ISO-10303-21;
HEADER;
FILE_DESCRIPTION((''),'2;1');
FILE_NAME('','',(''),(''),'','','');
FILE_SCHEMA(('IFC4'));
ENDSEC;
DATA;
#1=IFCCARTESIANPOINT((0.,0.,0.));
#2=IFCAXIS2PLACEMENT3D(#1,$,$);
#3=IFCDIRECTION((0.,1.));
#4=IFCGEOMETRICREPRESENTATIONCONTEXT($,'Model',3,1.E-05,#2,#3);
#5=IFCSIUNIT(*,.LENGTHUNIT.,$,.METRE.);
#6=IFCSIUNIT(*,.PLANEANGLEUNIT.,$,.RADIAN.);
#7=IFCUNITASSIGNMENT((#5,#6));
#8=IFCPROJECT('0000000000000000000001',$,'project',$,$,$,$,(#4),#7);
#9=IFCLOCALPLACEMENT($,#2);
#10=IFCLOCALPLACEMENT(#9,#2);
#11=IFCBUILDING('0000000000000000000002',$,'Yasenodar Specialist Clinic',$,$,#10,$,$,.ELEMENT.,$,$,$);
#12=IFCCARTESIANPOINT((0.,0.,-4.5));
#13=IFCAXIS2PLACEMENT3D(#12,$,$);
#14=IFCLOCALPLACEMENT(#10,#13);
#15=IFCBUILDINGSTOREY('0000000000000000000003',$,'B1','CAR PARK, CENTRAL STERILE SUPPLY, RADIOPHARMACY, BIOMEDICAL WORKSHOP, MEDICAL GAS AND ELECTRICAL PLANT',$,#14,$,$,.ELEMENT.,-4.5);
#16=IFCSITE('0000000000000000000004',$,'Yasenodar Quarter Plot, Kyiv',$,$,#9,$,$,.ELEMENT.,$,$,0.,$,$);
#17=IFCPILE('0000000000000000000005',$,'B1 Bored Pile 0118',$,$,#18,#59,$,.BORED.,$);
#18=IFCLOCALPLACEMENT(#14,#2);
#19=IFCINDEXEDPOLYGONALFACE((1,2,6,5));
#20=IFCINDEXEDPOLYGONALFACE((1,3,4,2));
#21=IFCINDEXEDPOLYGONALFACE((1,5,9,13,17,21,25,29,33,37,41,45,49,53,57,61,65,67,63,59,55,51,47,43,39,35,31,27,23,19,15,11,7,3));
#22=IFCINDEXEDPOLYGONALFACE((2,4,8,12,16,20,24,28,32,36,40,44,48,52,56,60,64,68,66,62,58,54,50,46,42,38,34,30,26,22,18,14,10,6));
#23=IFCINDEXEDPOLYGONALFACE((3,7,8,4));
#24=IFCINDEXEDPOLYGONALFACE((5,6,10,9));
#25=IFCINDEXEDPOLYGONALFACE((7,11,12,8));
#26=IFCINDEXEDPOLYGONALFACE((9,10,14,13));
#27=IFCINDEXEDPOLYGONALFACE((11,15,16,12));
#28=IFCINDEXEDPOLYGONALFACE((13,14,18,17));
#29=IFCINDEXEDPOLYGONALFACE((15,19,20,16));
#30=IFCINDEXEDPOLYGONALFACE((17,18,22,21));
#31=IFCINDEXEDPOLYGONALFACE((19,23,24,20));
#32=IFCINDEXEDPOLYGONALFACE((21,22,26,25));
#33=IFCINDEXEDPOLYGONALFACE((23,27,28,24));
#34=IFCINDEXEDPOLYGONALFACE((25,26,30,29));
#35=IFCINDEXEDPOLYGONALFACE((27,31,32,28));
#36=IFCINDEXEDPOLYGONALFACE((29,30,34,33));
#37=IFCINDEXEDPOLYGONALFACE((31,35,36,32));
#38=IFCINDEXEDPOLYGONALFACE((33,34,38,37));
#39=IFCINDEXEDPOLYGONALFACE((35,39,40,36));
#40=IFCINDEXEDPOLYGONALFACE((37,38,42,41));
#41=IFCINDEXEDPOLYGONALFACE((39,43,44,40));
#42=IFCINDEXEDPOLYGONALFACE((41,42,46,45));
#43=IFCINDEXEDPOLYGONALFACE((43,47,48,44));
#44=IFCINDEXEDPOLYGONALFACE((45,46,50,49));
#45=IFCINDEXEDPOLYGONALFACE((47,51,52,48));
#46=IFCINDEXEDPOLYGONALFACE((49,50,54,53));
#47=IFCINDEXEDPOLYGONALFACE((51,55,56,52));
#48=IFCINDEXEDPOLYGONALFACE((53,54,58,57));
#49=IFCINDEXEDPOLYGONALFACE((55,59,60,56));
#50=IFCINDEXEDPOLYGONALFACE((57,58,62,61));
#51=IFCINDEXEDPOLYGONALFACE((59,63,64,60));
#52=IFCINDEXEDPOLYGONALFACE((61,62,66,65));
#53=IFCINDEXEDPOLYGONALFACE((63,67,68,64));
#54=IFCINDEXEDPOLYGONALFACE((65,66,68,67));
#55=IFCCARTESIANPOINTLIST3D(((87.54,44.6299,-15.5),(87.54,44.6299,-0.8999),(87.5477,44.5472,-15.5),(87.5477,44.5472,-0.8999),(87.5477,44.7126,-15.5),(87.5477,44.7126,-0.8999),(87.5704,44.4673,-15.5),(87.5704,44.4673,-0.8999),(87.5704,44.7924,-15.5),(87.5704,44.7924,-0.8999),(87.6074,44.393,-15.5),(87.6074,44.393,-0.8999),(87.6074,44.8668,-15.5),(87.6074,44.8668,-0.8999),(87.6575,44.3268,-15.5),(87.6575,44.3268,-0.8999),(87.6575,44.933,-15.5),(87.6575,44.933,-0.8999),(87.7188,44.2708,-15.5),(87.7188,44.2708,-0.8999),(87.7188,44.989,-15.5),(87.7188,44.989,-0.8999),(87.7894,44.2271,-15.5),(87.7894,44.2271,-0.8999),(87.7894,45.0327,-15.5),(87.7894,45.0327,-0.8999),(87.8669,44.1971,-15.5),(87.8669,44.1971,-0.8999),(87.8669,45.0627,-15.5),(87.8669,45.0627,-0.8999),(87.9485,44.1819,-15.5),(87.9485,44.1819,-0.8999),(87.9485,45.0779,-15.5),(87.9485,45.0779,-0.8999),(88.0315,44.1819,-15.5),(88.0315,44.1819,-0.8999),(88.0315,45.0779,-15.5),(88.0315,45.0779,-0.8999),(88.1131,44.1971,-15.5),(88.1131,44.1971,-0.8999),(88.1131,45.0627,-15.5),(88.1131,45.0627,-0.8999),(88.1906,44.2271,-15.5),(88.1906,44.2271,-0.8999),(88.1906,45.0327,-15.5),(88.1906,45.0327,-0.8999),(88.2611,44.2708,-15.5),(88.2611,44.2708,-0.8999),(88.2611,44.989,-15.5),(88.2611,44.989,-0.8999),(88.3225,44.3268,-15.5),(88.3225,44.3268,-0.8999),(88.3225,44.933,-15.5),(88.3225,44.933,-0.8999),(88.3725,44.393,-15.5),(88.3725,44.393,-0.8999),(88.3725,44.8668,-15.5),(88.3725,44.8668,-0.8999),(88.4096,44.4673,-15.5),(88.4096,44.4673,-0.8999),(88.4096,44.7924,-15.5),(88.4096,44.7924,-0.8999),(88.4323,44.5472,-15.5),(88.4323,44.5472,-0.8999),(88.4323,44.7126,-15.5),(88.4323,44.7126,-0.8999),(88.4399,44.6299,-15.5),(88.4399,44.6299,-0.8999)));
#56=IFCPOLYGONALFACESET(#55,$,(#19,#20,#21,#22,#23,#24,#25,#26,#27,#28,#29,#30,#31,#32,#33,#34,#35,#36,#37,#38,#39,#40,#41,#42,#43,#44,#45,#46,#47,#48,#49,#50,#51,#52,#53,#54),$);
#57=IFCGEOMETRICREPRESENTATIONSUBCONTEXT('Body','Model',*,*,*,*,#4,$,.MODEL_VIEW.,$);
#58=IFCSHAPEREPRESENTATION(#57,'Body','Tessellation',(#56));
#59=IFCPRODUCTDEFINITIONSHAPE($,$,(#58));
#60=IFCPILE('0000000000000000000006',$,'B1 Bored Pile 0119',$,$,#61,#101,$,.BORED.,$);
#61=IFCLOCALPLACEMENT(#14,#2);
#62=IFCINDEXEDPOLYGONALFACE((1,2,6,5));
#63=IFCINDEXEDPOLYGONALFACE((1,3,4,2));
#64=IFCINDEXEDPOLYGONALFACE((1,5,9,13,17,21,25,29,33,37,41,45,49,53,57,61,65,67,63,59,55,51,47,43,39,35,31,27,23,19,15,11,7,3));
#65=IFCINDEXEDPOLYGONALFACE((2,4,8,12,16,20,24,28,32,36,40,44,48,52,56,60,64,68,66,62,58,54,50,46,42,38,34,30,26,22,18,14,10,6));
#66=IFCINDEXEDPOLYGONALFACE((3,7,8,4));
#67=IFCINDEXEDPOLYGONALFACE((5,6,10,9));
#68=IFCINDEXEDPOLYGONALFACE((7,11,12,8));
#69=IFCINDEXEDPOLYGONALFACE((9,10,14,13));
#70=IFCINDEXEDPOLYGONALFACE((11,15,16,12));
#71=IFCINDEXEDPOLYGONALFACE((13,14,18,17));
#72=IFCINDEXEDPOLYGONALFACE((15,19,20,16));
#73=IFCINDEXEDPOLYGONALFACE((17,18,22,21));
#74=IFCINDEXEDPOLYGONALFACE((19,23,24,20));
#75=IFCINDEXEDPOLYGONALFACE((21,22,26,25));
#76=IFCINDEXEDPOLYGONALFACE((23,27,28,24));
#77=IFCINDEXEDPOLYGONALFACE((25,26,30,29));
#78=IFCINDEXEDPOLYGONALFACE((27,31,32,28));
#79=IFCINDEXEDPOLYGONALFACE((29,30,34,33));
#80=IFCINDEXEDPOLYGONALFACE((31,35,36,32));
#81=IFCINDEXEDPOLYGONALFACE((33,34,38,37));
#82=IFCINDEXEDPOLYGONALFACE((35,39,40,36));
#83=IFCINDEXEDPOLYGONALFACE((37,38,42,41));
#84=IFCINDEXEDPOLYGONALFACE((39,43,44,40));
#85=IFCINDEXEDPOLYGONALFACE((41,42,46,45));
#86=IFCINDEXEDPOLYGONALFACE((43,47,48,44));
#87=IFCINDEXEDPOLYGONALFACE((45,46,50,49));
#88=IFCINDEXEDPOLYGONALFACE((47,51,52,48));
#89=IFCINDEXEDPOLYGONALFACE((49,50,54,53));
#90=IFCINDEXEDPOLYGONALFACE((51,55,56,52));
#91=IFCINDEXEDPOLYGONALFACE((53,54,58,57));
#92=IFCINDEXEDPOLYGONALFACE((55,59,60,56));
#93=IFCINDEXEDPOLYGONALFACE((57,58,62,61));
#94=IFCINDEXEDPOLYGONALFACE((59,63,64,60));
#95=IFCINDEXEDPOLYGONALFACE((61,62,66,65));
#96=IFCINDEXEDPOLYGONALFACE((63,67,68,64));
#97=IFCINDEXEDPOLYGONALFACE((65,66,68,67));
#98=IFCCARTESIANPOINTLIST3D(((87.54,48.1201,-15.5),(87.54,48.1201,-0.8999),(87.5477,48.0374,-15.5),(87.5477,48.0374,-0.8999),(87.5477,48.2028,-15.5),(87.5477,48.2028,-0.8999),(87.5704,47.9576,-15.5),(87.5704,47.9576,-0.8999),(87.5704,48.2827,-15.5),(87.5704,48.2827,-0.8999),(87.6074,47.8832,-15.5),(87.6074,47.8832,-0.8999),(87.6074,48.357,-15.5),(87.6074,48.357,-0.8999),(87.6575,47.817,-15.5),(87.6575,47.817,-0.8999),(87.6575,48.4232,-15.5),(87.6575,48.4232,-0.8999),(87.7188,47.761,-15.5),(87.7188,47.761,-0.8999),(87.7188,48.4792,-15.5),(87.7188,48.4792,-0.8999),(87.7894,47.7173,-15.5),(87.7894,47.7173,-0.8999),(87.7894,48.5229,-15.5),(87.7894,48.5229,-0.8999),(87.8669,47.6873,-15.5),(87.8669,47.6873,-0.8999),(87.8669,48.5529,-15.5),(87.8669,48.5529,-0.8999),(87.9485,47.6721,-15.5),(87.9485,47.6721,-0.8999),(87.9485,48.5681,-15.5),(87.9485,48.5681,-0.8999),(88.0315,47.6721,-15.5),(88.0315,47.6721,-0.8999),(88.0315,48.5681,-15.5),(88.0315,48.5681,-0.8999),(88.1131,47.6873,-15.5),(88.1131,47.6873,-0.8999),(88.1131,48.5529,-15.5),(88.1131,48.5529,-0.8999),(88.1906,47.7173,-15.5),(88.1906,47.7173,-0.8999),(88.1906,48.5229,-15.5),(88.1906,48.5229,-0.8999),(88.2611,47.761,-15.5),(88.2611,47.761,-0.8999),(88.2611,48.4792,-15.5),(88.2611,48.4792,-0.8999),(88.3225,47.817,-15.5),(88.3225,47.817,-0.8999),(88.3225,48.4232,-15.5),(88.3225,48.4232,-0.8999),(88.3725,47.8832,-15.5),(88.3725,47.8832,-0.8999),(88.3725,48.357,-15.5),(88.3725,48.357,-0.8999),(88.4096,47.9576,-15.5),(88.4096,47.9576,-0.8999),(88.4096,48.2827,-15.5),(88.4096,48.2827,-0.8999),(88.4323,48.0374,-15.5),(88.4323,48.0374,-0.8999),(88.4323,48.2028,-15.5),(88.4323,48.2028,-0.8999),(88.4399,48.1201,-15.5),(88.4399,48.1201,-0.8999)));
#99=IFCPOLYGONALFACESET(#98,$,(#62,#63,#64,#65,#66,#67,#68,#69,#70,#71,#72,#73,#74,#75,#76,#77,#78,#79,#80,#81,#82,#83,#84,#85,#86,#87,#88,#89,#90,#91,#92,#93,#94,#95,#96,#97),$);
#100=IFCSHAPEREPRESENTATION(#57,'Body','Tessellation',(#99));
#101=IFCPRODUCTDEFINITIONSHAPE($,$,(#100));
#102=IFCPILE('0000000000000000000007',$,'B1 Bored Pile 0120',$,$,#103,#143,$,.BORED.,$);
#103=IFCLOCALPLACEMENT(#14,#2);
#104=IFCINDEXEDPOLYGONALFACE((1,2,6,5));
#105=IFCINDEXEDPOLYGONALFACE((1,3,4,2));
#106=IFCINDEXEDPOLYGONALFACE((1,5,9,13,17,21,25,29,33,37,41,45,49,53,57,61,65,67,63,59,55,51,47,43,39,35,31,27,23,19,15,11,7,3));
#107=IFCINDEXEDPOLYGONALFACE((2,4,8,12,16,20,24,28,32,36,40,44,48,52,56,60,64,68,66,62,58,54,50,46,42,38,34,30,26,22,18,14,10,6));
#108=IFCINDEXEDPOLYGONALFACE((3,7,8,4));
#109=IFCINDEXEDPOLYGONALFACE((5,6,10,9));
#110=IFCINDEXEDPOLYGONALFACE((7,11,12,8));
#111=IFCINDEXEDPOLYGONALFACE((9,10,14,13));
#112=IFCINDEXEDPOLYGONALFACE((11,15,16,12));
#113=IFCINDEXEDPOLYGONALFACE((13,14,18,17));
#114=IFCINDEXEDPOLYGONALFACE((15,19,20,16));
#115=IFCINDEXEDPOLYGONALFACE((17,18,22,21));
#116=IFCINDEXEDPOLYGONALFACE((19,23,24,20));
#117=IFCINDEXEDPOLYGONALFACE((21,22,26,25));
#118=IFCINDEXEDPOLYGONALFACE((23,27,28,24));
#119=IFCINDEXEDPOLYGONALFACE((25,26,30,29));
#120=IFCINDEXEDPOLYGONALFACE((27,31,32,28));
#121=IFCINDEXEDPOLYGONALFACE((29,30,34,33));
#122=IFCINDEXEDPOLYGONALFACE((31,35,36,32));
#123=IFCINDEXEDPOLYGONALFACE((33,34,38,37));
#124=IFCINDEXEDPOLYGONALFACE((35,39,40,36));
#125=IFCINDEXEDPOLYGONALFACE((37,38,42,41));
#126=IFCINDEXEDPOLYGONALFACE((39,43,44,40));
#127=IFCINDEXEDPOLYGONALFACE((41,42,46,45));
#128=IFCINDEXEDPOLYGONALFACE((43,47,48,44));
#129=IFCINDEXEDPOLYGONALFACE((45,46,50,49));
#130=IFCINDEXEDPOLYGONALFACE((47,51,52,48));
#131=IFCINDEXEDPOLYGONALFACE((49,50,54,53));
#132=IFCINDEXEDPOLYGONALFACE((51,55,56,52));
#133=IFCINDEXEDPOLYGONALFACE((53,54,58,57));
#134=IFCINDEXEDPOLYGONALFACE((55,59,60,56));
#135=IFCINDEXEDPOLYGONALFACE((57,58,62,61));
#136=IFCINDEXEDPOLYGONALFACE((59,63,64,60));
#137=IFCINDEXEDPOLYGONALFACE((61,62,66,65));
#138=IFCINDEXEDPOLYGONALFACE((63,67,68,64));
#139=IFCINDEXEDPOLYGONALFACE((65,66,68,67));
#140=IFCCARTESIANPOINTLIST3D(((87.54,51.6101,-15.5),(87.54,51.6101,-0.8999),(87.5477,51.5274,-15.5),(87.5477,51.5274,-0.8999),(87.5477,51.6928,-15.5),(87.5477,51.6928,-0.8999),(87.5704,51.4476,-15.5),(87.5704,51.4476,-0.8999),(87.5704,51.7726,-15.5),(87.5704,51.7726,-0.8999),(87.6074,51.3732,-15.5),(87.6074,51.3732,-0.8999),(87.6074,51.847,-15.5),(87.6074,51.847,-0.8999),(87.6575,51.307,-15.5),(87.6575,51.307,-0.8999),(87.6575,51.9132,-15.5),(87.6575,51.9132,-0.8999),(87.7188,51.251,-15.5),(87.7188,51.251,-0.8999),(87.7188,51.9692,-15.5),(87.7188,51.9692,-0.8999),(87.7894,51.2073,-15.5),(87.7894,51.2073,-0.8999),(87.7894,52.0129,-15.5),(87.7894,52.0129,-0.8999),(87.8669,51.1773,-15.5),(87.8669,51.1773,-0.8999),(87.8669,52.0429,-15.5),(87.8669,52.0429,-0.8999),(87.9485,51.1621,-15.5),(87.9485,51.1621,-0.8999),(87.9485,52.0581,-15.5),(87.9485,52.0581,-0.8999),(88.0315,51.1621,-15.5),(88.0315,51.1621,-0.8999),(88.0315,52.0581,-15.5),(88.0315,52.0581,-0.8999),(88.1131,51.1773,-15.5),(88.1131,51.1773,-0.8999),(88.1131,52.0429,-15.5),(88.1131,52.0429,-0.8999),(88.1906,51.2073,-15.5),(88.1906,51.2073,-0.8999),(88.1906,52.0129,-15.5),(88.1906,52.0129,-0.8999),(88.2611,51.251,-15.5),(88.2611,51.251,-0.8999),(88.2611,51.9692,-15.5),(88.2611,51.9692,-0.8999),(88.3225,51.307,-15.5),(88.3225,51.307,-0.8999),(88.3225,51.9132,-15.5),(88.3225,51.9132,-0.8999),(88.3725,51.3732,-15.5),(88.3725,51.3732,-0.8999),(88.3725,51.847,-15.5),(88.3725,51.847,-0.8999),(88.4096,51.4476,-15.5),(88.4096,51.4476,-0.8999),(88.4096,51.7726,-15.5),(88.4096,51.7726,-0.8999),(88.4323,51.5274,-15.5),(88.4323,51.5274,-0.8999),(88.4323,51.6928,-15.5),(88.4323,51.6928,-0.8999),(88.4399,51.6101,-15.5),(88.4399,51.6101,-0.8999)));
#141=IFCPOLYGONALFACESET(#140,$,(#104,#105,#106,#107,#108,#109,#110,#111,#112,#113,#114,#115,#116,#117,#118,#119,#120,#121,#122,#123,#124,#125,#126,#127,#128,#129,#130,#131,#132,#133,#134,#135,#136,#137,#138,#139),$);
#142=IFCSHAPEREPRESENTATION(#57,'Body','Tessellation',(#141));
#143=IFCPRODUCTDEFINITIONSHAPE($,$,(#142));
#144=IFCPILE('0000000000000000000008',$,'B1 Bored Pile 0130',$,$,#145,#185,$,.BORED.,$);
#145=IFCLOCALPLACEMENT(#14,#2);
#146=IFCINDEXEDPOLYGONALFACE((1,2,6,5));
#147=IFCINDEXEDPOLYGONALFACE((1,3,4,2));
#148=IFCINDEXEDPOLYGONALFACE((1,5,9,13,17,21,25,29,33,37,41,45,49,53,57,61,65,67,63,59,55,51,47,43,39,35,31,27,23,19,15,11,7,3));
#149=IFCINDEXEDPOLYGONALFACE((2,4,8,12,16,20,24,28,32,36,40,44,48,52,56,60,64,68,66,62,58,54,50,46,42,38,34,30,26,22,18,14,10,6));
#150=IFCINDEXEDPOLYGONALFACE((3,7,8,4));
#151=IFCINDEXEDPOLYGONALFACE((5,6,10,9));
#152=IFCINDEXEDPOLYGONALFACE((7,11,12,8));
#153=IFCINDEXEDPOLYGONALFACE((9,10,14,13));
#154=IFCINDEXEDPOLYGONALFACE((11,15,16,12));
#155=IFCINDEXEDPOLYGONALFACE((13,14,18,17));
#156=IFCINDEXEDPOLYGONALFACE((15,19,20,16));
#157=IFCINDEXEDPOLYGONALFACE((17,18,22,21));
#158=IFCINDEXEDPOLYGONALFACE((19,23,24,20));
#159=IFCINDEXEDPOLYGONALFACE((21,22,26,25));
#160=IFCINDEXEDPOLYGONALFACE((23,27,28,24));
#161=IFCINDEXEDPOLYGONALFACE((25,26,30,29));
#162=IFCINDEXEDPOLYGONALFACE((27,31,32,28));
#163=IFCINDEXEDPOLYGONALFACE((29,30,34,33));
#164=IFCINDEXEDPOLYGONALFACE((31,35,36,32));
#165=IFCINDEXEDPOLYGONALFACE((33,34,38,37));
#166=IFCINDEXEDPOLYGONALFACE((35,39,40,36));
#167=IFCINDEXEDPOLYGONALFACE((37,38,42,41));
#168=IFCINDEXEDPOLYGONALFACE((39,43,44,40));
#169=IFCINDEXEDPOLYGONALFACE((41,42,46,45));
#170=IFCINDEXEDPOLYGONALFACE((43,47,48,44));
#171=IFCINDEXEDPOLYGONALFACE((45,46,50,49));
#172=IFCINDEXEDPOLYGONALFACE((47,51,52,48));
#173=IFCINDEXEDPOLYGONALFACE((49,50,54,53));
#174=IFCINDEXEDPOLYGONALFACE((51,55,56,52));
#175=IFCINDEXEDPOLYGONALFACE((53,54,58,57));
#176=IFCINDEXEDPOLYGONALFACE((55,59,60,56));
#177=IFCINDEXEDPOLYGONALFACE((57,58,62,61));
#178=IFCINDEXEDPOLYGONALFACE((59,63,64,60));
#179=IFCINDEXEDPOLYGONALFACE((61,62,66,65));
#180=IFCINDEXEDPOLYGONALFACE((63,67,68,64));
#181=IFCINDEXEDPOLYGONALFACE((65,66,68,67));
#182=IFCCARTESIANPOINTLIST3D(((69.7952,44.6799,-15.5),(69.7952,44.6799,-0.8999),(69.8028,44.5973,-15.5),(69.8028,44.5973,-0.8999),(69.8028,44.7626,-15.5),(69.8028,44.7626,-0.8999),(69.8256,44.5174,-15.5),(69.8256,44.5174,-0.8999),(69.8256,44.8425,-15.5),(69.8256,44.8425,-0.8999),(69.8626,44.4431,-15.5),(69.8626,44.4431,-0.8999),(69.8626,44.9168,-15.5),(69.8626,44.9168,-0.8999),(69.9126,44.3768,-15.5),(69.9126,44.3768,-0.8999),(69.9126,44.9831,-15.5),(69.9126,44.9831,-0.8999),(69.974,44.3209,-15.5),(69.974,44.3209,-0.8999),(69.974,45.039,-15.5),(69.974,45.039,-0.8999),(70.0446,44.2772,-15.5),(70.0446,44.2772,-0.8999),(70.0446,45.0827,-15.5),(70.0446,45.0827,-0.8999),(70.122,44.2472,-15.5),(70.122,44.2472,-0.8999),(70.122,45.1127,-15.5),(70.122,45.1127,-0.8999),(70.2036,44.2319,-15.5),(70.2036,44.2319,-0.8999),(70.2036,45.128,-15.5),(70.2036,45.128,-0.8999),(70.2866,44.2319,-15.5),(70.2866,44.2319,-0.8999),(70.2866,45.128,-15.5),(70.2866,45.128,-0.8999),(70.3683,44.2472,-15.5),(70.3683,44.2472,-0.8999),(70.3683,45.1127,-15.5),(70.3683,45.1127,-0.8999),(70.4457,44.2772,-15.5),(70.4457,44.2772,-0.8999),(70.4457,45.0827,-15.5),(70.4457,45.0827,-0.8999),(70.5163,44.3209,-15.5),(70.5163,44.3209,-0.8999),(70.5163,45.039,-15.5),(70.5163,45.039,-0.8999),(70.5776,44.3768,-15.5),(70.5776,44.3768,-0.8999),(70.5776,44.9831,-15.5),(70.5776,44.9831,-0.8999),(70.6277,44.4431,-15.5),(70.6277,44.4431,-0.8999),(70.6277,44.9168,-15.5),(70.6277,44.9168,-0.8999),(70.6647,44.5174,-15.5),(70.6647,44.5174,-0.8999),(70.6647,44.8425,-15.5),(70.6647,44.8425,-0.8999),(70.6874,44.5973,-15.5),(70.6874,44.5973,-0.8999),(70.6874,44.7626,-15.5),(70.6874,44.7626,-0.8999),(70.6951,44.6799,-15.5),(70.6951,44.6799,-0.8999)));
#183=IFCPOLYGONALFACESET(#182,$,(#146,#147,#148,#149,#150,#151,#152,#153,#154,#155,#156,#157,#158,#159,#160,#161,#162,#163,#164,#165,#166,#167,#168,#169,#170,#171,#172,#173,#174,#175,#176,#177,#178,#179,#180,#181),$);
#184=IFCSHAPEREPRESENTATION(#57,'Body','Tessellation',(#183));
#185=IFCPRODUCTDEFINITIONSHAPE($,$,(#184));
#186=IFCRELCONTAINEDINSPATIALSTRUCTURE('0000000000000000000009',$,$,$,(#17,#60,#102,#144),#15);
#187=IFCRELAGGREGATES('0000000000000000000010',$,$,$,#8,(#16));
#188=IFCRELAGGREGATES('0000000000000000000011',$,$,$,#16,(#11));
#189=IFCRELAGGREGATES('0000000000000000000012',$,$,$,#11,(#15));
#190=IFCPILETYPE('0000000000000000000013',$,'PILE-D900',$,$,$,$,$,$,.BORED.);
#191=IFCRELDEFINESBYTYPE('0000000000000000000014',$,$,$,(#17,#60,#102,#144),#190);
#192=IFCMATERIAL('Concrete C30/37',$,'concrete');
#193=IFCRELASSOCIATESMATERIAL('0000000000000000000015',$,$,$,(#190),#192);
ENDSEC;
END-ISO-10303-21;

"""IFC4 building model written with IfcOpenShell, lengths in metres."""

from ifc_helpers import new_model, si_unit, direction, frame, origin, origin_2d, place, context, subcontext, project, spatial, circle, extrude, material, material_profile, profile_set, type_object, element, save


model = new_model("IFC4")

# Units and contexts
model_context = context("Model", 3, precision=1e-05, world=origin(), true_north=direction((0.0, 1.0)))
body_context = subcontext(model_context, "Body", "Model", "MODEL_VIEW")
ifc_project = project(units=[si_unit("LENGTHUNIT", "METRE"), si_unit("PLANEANGLEUNIT", "RADIAN")], contexts=[model_context])

# Site, building, storey
site_placement = place(None, origin())
site = spatial("IfcSite", under=ifc_project, at=site_placement, Name="Yasenodar Quarter Plot, Kyiv", CompositionType="ELEMENT", RefElevation=0.0)
building_placement = place(site_placement, origin())
building = spatial("IfcBuilding", under=site, at=building_placement, Name="Yasenodar Specialist Clinic", CompositionType="ELEMENT")
storey_placement = place(building_placement, frame((0.0, 0.0, -4.5)))
storey = spatial("IfcBuildingStorey", under=building, at=storey_placement, Name="B1", Description="CAR PARK, CENTRAL STERILE SUPPLY, RADIOPHARMACY, BIOMEDICAL WORKSHOP, MEDICAL GAS AND ELECTRICAL PLANT", CompositionType="ELEMENT", Elevation=-4.5)

# Piles
ifc_material_1 = material(Name="Concrete C30/37", Category="concrete")
ifc_material_profile_1 = material_profile(ifc_material_1, circle(Radius=0.45, at=origin_2d()), Name="PILE D900")
ifc_profile_set_1 = profile_set([ifc_material_profile_1], Name="Concrete C30/37")
pile_type_1 = type_object("IfcPileType", Name="PILE-D900", PredefinedType="BORED", material=ifc_profile_set_1)
for number, where, z_axis, x_axis, name in (
    (1, (87.99, 44.6299, -0.8999), (0.0, 0.0, -1.0), (1.0, 0.0, 0.0), "B1 Bored Pile 0118"),
    (2, (87.99, 48.1201, -0.8999), (0.0, 0.0, -1.0), (1.0, 0.0, 0.0), "B1 Bored Pile 0119"),
    (3, (87.99, 51.6101, -0.8999), (0.0, 0.0, -1.0), (1.0, 0.0, 0.0), "B1 Bored Pile 0120"),
    (4, (70.2451, 44.6799, -0.8999), (0.0, 0.0, -1.0), (1.0, 0.0, 0.0), "B1 Bored Pile 0130"),
):
    element("IfcPile", number, at=place(storey_placement, frame(where, z_axis=z_axis, x_axis=x_axis)), inside=storey, type_object=pile_type_1, Name=name, PredefinedType="BORED", context=body_context, shape_type="SweptSolid", body=[
        extrude(circle(Radius=0.45, at=origin_2d()), origin(), (0.0, 0.0, 1.0), 14.6001),
    ])

save(model, "model.ifc")
